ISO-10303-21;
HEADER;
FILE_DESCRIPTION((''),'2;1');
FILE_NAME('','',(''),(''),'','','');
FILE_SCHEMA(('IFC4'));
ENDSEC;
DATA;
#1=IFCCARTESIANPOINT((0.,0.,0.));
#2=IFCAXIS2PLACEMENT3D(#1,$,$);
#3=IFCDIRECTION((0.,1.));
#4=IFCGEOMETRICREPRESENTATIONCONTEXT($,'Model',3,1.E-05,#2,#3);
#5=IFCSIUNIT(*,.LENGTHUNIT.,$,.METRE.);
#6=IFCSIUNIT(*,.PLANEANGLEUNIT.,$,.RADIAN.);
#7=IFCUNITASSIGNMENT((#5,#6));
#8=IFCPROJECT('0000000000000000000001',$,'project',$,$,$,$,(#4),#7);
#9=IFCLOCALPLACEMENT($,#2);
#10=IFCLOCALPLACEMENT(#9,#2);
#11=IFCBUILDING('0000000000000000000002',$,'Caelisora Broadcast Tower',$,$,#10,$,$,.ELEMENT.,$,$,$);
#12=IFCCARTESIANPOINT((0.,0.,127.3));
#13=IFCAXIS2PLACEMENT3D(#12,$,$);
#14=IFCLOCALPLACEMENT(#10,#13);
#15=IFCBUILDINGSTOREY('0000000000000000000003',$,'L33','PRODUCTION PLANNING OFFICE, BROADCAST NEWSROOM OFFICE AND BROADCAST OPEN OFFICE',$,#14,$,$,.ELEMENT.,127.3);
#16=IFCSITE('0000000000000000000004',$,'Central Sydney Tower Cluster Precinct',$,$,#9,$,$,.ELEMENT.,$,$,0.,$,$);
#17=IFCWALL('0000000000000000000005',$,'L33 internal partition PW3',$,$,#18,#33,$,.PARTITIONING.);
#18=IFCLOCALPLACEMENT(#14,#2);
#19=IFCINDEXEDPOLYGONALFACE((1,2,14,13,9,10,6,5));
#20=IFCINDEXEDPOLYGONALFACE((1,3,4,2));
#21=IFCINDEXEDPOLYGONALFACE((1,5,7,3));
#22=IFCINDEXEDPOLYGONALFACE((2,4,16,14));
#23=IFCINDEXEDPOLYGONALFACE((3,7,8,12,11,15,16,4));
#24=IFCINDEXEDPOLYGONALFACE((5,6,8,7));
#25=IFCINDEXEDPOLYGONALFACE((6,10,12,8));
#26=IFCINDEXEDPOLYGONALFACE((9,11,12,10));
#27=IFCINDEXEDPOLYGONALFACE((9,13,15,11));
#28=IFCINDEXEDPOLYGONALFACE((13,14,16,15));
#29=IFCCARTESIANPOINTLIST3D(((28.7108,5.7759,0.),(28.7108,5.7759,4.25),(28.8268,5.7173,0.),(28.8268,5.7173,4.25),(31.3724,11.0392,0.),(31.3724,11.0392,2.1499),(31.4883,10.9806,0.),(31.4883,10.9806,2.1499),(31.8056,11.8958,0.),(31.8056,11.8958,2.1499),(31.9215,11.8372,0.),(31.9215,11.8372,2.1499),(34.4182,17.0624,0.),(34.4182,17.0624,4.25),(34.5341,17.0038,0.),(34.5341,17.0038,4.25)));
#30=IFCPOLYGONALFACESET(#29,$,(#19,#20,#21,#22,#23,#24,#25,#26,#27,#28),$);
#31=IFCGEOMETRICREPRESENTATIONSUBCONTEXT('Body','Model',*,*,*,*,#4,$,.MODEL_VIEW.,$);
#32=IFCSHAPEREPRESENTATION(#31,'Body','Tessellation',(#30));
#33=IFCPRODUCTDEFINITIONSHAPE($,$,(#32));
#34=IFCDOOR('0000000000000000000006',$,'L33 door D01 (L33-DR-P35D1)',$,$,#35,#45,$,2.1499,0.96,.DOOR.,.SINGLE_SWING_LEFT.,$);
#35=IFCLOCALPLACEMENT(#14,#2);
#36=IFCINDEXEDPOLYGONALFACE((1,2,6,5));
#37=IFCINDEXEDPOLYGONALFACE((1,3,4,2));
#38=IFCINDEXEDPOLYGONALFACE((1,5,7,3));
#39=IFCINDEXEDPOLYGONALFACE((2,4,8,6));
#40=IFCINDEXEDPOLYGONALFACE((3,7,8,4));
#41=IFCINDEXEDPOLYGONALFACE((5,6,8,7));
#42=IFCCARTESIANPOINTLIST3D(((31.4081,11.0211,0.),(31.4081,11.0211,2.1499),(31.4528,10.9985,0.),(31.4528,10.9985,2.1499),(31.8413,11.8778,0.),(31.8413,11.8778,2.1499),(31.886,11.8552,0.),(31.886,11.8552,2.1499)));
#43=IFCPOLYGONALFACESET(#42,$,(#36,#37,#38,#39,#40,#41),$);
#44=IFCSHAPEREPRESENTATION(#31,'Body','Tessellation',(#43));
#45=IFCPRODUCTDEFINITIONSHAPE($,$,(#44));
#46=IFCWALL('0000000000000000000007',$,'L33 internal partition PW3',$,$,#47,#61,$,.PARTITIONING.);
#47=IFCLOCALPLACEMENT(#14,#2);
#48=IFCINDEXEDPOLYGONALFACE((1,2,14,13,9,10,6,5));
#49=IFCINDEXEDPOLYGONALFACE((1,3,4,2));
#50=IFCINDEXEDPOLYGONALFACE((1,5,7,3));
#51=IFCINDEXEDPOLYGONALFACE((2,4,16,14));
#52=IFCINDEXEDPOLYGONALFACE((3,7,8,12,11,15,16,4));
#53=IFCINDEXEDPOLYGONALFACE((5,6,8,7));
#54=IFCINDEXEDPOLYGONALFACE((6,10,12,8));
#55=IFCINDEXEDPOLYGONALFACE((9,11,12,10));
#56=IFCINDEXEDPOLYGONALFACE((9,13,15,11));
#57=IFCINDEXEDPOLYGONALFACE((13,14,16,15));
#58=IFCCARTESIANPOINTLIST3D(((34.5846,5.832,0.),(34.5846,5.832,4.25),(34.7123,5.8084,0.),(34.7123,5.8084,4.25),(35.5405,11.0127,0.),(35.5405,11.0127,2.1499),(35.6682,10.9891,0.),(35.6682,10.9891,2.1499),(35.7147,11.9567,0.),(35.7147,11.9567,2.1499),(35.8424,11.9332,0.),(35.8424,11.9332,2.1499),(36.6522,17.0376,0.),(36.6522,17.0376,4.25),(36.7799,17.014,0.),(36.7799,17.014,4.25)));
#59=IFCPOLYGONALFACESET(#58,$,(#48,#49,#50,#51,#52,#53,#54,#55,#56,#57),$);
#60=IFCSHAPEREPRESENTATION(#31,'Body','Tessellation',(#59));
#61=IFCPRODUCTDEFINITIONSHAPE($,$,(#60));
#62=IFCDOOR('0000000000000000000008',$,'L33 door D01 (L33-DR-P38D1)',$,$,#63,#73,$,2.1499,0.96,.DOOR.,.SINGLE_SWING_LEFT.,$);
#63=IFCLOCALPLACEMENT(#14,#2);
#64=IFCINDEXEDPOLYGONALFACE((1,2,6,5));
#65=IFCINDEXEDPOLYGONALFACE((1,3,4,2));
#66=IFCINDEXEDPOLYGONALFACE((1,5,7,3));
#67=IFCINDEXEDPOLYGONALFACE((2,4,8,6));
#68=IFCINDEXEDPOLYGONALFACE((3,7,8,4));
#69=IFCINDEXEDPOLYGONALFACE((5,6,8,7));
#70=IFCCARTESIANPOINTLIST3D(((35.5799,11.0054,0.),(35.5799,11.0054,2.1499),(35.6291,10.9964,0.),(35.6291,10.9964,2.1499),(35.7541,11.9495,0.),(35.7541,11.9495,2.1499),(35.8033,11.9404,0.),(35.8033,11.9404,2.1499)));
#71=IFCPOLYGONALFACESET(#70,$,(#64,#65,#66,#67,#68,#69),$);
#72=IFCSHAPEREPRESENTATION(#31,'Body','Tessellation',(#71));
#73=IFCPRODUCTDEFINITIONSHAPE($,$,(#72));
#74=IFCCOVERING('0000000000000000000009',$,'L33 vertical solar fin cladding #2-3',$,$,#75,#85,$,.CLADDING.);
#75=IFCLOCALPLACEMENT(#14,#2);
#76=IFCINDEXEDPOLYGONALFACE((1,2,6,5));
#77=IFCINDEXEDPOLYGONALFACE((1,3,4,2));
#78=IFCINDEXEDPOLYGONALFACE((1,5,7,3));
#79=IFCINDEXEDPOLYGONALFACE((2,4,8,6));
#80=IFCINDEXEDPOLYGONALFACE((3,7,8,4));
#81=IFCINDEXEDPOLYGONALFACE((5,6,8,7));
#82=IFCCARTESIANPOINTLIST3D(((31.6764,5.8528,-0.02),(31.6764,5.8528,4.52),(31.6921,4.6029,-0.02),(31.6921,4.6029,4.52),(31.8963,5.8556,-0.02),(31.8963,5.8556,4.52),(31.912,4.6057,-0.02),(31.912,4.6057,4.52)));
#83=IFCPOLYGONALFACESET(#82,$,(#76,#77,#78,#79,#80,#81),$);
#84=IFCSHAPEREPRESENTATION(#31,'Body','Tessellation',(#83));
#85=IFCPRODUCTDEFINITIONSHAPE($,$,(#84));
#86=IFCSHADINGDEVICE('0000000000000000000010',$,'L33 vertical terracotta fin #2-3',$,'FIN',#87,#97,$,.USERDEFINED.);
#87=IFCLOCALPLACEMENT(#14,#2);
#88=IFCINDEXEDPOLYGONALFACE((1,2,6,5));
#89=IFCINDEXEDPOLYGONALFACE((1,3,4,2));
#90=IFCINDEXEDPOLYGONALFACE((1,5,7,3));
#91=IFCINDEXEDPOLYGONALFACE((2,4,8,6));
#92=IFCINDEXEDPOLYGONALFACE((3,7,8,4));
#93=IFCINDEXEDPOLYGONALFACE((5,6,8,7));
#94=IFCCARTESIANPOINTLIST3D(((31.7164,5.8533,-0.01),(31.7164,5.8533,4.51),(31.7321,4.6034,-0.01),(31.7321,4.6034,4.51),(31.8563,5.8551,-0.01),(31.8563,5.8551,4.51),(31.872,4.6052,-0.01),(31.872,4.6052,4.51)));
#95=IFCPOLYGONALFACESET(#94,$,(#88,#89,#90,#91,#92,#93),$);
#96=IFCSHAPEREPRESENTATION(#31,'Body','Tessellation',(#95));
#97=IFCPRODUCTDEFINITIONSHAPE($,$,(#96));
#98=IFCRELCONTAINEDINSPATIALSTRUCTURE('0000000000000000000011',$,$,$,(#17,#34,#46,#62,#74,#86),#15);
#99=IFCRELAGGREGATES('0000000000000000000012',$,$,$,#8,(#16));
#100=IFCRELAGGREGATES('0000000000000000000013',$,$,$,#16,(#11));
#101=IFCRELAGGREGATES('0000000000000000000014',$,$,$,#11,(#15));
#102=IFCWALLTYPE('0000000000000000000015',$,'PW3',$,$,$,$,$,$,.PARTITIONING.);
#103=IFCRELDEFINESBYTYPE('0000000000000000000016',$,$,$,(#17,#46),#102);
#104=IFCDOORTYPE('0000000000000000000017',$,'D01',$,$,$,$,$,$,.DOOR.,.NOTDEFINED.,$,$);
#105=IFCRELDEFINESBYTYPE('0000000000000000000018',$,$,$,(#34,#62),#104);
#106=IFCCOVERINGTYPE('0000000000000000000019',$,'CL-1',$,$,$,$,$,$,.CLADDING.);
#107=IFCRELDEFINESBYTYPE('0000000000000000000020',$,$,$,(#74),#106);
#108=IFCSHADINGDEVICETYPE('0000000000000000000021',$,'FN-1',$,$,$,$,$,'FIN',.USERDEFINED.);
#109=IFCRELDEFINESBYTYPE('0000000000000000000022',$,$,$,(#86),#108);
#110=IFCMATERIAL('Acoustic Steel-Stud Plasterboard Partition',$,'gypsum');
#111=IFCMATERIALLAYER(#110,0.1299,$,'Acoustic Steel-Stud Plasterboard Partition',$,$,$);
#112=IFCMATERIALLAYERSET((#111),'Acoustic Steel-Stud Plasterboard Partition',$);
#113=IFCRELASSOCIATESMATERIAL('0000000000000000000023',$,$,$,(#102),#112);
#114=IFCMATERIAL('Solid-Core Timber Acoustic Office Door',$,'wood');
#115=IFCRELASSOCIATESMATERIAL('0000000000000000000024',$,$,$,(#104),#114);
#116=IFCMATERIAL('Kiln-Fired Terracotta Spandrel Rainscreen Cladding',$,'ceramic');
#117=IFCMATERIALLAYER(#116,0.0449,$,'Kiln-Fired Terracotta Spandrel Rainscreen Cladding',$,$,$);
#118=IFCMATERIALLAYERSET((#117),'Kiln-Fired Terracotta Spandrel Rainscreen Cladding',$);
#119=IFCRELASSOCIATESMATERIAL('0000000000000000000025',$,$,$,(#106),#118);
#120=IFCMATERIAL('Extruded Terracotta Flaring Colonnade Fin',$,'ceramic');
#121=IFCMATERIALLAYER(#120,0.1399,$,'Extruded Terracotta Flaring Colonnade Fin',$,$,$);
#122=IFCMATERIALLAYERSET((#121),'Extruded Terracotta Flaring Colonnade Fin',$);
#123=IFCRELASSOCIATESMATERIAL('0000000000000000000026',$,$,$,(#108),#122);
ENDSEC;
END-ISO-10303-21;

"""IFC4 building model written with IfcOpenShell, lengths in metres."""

from ifc_helpers import new_model, si_unit, direction, frame, frame_2d, origin, origin_2d, place, context, subcontext, project, spatial, rectangle, extrude, source, transform, mapped, material, layer, layer_set, type_object, type_shapes, element, fill, save


model = new_model("IFC4")

# Units and contexts
model_context = context("Model", 3, precision=1e-05, world=origin(), true_north=direction((0.0, 1.0)))
body_context = subcontext(model_context, "Body", "Model", "MODEL_VIEW")
ifc_project = project(units=[si_unit("LENGTHUNIT", "METRE"), si_unit("PLANEANGLEUNIT", "RADIAN")], contexts=[model_context])

# Site, building, storey
site_placement = place(None, origin())
site = spatial("IfcSite", under=ifc_project, at=site_placement, Name="Central Sydney Tower Cluster Precinct", CompositionType="ELEMENT", RefElevation=0.0)
building_placement = place(site_placement, origin())
building = spatial("IfcBuilding", under=site, at=building_placement, Name="Caelisora Broadcast Tower", CompositionType="ELEMENT")
storey_placement = place(building_placement, frame((0.0, 0.0, 127.3)))
storey = spatial("IfcBuildingStorey", under=building, at=storey_placement, Name="L33", Description="PRODUCTION PLANNING OFFICE, BROADCAST NEWSROOM OFFICE AND BROADCAST OPEN OFFICE", CompositionType="ELEMENT", Elevation=127.3)

# Walls, openings, doors
ifc_material_1 = material(Name="Acoustic Steel-Stud Plasterboard Partition", Category="gypsum")
ifc_layer_1 = layer(ifc_material_1, 0.1299, Name="Acoustic Steel-Stud Plasterboard Partition")
ifc_layer_set_1 = layer_set([ifc_layer_1], Name="Acoustic Steel-Stud Plasterboard Partition")
wall_type = type_object("IfcWallType", Name="PW3", PredefinedType="PARTITIONING", material=ifc_layer_set_1)
wall_1_placement = place(storey_placement, frame((28.7688, 5.7466, 0.0), z_axis=(0.0, 0.0, 1.0), x_axis=(0.451263, 0.892391, 0.0)))
wall_1 = element("IfcWall", 1, at=wall_1_placement, inside=storey, type_object=wall_type, Name="L33 internal partition PW3", PredefinedType="PARTITIONING", context=body_context, shape_type="SweptSolid", body=[
    extrude(rectangle(XDim=12.6475, YDim=0.1299, at=frame_2d((6.3237, 0.0))), origin(), (0.0, 0.0, 1.0), 4.25),
])
opening_1_placement = place(wall_1_placement, frame((5.8979, 0.0, 0.0)))
opening_1 = element("IfcOpeningElement", 2, at=opening_1_placement, cuts=wall_1, PredefinedType="OPENING", context=body_context, shape_type="SweptSolid", body=[
    extrude(rectangle(XDim=0.96, YDim=2.1499, at=frame_2d((0.48, 1.075))), frame((0.0, 0.0769, 0.0), z_axis=(0.0, -1.0, 0.0), x_axis=(1.0, 0.0, 0.0)), (0.0, 0.0, 1.0), 0.1538),
])
ifc_material_2 = material(Name="Solid-Core Timber Acoustic Office Door", Category="wood")
door_type = type_object("IfcDoorType", Name="D01", OperationType="NOTDEFINED", PredefinedType="DOOR", material=ifc_material_2)
door_1_placement = place(opening_1_placement, origin())
door_1 = element("IfcDoor", 3, at=door_1_placement, inside=storey, type_object=door_type, Name="L33 door D01 (L33-DR-P35D1)", OperationType="SINGLE_SWING_LEFT", OverallHeight=2.1499, OverallWidth=0.96, PredefinedType="DOOR", context=body_context, shape_type="SweptSolid", body=[
    extrude(rectangle(XDim=0.96, YDim=2.1499, at=frame_2d((0.48, 1.075))), frame((0.0, 0.0249, 0.0), z_axis=(0.0, -1.0, 0.0), x_axis=(1.0, 0.0, 0.0)), (0.0, 0.0, 1.0), 0.05),
])
fill(opening_1, door_1)
wall_2_placement = place(storey_placement, frame((34.6484, 5.8203, 0.0), z_axis=(0.0, 0.0, 1.0), x_axis=(0.181455, 0.983399, 0.0)))
wall_2 = element("IfcWall", 4, at=wall_2_placement, inside=storey, type_object=wall_type, Name="L33 internal partition PW3", PredefinedType="PARTITIONING", context=body_context, shape_type="SweptSolid", body=[
    extrude(rectangle(XDim=11.3948, YDim=0.1299, at=frame_2d((5.6973, 0.0))), origin(), (0.0, 0.0, 1.0), 4.25),
])
opening_2_placement = place(wall_2_placement, frame((5.2681, 0.0, 0.0)))
opening_2 = element("IfcOpeningElement", 5, at=opening_2_placement, cuts=wall_2, PredefinedType="OPENING", context=body_context, shape_type="SweptSolid", body=[
    extrude(rectangle(XDim=0.96, YDim=2.1499, at=frame_2d((0.48, 1.075))), frame((0.0, 0.0769, 0.0), z_axis=(0.0, -1.0, 0.0), x_axis=(1.0, 0.0, 0.0)), (0.0, 0.0, 1.0), 0.1538),
])
door_2_placement = place(opening_2_placement, origin())
door_2 = element("IfcDoor", 6, at=door_2_placement, inside=storey, type_object=door_type, Name="L33 door D01 (L33-DR-P38D1)", OperationType="SINGLE_SWING_LEFT", OverallHeight=2.1499, OverallWidth=0.96, PredefinedType="DOOR", context=body_context, shape_type="SweptSolid", body=[
    extrude(rectangle(XDim=0.96, YDim=2.1499, at=frame_2d((0.48, 1.075))), frame((0.0, 0.0249, 0.0), z_axis=(0.0, -1.0, 0.0), x_axis=(1.0, 0.0, 0.0)), (0.0, 0.0, 1.0), 0.05),
])
fill(opening_2, door_2)

# Covering
ifc_material_3 = material(Name="Kiln-Fired Terracotta Spandrel Rainscreen Cladding", Category="ceramic")
ifc_layer_2 = layer(ifc_material_3, 0.0449, Name="Kiln-Fired Terracotta Spandrel Rainscreen Cladding")
ifc_layer_set_2 = layer_set([ifc_layer_2], Name="Kiln-Fired Terracotta Spandrel Rainscreen Cladding")
covering_type = type_object("IfcCoveringType", Name="CL-1", PredefinedType="CLADDING", material=ifc_layer_set_2)
shared_shape_1 = source(origin(), body_context, "Body", "SweptSolid", [
    extrude(rectangle(XDim=0.22, YDim=1.25, at=origin_2d()), origin(), (0.0, 0.0, 1.0), 4.54),
])
type_shapes(covering_type, [shared_shape_1])
covering_placement = place(storey_placement, frame((31.7942, 5.2292, -0.02), z_axis=(0.0, 0.0, 1.0), x_axis=(-0.999921, -0.012566, 0.0)))
element("IfcCovering", 7, at=covering_placement, inside=storey, type_object=covering_type, Name="L33 vertical solar fin cladding #2-3", PredefinedType="CLADDING", context=body_context, shape_type="MappedRepresentation", body=[
    mapped(shared_shape_1, transform((0.0, 0.0, 0.0), scale=1.0)),
])

# Shading device
ifc_material_4 = material(Name="Extruded Terracotta Flaring Colonnade Fin", Category="ceramic")
ifc_layer_3 = layer(ifc_material_4, 0.1399, Name="Extruded Terracotta Flaring Colonnade Fin")
ifc_layer_set_3 = layer_set([ifc_layer_3], Name="Extruded Terracotta Flaring Colonnade Fin")
shading_device_type = type_object("IfcShadingDeviceType", Name="FN-1", ElementType="FIN", PredefinedType="USERDEFINED", material=ifc_layer_set_3)
shared_shape_2 = source(origin(), body_context, "Body", "SweptSolid", [
    extrude(rectangle(XDim=0.1399, YDim=1.25, at=origin_2d()), origin(), (0.0, 0.0, 1.0), 4.52),
])
type_shapes(shading_device_type, [shared_shape_2])
shading_device_placement = place(storey_placement, frame((31.7942, 5.2292, -0.01), z_axis=(0.0, 0.0, 1.0), x_axis=(-0.999921, -0.012566, 0.0)))
element("IfcShadingDevice", 8, at=shading_device_placement, inside=storey, type_object=shading_device_type, Name="L33 vertical terracotta fin #2-3", ObjectType="FIN", PredefinedType="USERDEFINED", context=body_context, shape_type="MappedRepresentation", body=[
    mapped(shared_shape_2, transform((0.0, 0.0, 0.0), scale=1.0)),
])

save(model, "model.ifc")
